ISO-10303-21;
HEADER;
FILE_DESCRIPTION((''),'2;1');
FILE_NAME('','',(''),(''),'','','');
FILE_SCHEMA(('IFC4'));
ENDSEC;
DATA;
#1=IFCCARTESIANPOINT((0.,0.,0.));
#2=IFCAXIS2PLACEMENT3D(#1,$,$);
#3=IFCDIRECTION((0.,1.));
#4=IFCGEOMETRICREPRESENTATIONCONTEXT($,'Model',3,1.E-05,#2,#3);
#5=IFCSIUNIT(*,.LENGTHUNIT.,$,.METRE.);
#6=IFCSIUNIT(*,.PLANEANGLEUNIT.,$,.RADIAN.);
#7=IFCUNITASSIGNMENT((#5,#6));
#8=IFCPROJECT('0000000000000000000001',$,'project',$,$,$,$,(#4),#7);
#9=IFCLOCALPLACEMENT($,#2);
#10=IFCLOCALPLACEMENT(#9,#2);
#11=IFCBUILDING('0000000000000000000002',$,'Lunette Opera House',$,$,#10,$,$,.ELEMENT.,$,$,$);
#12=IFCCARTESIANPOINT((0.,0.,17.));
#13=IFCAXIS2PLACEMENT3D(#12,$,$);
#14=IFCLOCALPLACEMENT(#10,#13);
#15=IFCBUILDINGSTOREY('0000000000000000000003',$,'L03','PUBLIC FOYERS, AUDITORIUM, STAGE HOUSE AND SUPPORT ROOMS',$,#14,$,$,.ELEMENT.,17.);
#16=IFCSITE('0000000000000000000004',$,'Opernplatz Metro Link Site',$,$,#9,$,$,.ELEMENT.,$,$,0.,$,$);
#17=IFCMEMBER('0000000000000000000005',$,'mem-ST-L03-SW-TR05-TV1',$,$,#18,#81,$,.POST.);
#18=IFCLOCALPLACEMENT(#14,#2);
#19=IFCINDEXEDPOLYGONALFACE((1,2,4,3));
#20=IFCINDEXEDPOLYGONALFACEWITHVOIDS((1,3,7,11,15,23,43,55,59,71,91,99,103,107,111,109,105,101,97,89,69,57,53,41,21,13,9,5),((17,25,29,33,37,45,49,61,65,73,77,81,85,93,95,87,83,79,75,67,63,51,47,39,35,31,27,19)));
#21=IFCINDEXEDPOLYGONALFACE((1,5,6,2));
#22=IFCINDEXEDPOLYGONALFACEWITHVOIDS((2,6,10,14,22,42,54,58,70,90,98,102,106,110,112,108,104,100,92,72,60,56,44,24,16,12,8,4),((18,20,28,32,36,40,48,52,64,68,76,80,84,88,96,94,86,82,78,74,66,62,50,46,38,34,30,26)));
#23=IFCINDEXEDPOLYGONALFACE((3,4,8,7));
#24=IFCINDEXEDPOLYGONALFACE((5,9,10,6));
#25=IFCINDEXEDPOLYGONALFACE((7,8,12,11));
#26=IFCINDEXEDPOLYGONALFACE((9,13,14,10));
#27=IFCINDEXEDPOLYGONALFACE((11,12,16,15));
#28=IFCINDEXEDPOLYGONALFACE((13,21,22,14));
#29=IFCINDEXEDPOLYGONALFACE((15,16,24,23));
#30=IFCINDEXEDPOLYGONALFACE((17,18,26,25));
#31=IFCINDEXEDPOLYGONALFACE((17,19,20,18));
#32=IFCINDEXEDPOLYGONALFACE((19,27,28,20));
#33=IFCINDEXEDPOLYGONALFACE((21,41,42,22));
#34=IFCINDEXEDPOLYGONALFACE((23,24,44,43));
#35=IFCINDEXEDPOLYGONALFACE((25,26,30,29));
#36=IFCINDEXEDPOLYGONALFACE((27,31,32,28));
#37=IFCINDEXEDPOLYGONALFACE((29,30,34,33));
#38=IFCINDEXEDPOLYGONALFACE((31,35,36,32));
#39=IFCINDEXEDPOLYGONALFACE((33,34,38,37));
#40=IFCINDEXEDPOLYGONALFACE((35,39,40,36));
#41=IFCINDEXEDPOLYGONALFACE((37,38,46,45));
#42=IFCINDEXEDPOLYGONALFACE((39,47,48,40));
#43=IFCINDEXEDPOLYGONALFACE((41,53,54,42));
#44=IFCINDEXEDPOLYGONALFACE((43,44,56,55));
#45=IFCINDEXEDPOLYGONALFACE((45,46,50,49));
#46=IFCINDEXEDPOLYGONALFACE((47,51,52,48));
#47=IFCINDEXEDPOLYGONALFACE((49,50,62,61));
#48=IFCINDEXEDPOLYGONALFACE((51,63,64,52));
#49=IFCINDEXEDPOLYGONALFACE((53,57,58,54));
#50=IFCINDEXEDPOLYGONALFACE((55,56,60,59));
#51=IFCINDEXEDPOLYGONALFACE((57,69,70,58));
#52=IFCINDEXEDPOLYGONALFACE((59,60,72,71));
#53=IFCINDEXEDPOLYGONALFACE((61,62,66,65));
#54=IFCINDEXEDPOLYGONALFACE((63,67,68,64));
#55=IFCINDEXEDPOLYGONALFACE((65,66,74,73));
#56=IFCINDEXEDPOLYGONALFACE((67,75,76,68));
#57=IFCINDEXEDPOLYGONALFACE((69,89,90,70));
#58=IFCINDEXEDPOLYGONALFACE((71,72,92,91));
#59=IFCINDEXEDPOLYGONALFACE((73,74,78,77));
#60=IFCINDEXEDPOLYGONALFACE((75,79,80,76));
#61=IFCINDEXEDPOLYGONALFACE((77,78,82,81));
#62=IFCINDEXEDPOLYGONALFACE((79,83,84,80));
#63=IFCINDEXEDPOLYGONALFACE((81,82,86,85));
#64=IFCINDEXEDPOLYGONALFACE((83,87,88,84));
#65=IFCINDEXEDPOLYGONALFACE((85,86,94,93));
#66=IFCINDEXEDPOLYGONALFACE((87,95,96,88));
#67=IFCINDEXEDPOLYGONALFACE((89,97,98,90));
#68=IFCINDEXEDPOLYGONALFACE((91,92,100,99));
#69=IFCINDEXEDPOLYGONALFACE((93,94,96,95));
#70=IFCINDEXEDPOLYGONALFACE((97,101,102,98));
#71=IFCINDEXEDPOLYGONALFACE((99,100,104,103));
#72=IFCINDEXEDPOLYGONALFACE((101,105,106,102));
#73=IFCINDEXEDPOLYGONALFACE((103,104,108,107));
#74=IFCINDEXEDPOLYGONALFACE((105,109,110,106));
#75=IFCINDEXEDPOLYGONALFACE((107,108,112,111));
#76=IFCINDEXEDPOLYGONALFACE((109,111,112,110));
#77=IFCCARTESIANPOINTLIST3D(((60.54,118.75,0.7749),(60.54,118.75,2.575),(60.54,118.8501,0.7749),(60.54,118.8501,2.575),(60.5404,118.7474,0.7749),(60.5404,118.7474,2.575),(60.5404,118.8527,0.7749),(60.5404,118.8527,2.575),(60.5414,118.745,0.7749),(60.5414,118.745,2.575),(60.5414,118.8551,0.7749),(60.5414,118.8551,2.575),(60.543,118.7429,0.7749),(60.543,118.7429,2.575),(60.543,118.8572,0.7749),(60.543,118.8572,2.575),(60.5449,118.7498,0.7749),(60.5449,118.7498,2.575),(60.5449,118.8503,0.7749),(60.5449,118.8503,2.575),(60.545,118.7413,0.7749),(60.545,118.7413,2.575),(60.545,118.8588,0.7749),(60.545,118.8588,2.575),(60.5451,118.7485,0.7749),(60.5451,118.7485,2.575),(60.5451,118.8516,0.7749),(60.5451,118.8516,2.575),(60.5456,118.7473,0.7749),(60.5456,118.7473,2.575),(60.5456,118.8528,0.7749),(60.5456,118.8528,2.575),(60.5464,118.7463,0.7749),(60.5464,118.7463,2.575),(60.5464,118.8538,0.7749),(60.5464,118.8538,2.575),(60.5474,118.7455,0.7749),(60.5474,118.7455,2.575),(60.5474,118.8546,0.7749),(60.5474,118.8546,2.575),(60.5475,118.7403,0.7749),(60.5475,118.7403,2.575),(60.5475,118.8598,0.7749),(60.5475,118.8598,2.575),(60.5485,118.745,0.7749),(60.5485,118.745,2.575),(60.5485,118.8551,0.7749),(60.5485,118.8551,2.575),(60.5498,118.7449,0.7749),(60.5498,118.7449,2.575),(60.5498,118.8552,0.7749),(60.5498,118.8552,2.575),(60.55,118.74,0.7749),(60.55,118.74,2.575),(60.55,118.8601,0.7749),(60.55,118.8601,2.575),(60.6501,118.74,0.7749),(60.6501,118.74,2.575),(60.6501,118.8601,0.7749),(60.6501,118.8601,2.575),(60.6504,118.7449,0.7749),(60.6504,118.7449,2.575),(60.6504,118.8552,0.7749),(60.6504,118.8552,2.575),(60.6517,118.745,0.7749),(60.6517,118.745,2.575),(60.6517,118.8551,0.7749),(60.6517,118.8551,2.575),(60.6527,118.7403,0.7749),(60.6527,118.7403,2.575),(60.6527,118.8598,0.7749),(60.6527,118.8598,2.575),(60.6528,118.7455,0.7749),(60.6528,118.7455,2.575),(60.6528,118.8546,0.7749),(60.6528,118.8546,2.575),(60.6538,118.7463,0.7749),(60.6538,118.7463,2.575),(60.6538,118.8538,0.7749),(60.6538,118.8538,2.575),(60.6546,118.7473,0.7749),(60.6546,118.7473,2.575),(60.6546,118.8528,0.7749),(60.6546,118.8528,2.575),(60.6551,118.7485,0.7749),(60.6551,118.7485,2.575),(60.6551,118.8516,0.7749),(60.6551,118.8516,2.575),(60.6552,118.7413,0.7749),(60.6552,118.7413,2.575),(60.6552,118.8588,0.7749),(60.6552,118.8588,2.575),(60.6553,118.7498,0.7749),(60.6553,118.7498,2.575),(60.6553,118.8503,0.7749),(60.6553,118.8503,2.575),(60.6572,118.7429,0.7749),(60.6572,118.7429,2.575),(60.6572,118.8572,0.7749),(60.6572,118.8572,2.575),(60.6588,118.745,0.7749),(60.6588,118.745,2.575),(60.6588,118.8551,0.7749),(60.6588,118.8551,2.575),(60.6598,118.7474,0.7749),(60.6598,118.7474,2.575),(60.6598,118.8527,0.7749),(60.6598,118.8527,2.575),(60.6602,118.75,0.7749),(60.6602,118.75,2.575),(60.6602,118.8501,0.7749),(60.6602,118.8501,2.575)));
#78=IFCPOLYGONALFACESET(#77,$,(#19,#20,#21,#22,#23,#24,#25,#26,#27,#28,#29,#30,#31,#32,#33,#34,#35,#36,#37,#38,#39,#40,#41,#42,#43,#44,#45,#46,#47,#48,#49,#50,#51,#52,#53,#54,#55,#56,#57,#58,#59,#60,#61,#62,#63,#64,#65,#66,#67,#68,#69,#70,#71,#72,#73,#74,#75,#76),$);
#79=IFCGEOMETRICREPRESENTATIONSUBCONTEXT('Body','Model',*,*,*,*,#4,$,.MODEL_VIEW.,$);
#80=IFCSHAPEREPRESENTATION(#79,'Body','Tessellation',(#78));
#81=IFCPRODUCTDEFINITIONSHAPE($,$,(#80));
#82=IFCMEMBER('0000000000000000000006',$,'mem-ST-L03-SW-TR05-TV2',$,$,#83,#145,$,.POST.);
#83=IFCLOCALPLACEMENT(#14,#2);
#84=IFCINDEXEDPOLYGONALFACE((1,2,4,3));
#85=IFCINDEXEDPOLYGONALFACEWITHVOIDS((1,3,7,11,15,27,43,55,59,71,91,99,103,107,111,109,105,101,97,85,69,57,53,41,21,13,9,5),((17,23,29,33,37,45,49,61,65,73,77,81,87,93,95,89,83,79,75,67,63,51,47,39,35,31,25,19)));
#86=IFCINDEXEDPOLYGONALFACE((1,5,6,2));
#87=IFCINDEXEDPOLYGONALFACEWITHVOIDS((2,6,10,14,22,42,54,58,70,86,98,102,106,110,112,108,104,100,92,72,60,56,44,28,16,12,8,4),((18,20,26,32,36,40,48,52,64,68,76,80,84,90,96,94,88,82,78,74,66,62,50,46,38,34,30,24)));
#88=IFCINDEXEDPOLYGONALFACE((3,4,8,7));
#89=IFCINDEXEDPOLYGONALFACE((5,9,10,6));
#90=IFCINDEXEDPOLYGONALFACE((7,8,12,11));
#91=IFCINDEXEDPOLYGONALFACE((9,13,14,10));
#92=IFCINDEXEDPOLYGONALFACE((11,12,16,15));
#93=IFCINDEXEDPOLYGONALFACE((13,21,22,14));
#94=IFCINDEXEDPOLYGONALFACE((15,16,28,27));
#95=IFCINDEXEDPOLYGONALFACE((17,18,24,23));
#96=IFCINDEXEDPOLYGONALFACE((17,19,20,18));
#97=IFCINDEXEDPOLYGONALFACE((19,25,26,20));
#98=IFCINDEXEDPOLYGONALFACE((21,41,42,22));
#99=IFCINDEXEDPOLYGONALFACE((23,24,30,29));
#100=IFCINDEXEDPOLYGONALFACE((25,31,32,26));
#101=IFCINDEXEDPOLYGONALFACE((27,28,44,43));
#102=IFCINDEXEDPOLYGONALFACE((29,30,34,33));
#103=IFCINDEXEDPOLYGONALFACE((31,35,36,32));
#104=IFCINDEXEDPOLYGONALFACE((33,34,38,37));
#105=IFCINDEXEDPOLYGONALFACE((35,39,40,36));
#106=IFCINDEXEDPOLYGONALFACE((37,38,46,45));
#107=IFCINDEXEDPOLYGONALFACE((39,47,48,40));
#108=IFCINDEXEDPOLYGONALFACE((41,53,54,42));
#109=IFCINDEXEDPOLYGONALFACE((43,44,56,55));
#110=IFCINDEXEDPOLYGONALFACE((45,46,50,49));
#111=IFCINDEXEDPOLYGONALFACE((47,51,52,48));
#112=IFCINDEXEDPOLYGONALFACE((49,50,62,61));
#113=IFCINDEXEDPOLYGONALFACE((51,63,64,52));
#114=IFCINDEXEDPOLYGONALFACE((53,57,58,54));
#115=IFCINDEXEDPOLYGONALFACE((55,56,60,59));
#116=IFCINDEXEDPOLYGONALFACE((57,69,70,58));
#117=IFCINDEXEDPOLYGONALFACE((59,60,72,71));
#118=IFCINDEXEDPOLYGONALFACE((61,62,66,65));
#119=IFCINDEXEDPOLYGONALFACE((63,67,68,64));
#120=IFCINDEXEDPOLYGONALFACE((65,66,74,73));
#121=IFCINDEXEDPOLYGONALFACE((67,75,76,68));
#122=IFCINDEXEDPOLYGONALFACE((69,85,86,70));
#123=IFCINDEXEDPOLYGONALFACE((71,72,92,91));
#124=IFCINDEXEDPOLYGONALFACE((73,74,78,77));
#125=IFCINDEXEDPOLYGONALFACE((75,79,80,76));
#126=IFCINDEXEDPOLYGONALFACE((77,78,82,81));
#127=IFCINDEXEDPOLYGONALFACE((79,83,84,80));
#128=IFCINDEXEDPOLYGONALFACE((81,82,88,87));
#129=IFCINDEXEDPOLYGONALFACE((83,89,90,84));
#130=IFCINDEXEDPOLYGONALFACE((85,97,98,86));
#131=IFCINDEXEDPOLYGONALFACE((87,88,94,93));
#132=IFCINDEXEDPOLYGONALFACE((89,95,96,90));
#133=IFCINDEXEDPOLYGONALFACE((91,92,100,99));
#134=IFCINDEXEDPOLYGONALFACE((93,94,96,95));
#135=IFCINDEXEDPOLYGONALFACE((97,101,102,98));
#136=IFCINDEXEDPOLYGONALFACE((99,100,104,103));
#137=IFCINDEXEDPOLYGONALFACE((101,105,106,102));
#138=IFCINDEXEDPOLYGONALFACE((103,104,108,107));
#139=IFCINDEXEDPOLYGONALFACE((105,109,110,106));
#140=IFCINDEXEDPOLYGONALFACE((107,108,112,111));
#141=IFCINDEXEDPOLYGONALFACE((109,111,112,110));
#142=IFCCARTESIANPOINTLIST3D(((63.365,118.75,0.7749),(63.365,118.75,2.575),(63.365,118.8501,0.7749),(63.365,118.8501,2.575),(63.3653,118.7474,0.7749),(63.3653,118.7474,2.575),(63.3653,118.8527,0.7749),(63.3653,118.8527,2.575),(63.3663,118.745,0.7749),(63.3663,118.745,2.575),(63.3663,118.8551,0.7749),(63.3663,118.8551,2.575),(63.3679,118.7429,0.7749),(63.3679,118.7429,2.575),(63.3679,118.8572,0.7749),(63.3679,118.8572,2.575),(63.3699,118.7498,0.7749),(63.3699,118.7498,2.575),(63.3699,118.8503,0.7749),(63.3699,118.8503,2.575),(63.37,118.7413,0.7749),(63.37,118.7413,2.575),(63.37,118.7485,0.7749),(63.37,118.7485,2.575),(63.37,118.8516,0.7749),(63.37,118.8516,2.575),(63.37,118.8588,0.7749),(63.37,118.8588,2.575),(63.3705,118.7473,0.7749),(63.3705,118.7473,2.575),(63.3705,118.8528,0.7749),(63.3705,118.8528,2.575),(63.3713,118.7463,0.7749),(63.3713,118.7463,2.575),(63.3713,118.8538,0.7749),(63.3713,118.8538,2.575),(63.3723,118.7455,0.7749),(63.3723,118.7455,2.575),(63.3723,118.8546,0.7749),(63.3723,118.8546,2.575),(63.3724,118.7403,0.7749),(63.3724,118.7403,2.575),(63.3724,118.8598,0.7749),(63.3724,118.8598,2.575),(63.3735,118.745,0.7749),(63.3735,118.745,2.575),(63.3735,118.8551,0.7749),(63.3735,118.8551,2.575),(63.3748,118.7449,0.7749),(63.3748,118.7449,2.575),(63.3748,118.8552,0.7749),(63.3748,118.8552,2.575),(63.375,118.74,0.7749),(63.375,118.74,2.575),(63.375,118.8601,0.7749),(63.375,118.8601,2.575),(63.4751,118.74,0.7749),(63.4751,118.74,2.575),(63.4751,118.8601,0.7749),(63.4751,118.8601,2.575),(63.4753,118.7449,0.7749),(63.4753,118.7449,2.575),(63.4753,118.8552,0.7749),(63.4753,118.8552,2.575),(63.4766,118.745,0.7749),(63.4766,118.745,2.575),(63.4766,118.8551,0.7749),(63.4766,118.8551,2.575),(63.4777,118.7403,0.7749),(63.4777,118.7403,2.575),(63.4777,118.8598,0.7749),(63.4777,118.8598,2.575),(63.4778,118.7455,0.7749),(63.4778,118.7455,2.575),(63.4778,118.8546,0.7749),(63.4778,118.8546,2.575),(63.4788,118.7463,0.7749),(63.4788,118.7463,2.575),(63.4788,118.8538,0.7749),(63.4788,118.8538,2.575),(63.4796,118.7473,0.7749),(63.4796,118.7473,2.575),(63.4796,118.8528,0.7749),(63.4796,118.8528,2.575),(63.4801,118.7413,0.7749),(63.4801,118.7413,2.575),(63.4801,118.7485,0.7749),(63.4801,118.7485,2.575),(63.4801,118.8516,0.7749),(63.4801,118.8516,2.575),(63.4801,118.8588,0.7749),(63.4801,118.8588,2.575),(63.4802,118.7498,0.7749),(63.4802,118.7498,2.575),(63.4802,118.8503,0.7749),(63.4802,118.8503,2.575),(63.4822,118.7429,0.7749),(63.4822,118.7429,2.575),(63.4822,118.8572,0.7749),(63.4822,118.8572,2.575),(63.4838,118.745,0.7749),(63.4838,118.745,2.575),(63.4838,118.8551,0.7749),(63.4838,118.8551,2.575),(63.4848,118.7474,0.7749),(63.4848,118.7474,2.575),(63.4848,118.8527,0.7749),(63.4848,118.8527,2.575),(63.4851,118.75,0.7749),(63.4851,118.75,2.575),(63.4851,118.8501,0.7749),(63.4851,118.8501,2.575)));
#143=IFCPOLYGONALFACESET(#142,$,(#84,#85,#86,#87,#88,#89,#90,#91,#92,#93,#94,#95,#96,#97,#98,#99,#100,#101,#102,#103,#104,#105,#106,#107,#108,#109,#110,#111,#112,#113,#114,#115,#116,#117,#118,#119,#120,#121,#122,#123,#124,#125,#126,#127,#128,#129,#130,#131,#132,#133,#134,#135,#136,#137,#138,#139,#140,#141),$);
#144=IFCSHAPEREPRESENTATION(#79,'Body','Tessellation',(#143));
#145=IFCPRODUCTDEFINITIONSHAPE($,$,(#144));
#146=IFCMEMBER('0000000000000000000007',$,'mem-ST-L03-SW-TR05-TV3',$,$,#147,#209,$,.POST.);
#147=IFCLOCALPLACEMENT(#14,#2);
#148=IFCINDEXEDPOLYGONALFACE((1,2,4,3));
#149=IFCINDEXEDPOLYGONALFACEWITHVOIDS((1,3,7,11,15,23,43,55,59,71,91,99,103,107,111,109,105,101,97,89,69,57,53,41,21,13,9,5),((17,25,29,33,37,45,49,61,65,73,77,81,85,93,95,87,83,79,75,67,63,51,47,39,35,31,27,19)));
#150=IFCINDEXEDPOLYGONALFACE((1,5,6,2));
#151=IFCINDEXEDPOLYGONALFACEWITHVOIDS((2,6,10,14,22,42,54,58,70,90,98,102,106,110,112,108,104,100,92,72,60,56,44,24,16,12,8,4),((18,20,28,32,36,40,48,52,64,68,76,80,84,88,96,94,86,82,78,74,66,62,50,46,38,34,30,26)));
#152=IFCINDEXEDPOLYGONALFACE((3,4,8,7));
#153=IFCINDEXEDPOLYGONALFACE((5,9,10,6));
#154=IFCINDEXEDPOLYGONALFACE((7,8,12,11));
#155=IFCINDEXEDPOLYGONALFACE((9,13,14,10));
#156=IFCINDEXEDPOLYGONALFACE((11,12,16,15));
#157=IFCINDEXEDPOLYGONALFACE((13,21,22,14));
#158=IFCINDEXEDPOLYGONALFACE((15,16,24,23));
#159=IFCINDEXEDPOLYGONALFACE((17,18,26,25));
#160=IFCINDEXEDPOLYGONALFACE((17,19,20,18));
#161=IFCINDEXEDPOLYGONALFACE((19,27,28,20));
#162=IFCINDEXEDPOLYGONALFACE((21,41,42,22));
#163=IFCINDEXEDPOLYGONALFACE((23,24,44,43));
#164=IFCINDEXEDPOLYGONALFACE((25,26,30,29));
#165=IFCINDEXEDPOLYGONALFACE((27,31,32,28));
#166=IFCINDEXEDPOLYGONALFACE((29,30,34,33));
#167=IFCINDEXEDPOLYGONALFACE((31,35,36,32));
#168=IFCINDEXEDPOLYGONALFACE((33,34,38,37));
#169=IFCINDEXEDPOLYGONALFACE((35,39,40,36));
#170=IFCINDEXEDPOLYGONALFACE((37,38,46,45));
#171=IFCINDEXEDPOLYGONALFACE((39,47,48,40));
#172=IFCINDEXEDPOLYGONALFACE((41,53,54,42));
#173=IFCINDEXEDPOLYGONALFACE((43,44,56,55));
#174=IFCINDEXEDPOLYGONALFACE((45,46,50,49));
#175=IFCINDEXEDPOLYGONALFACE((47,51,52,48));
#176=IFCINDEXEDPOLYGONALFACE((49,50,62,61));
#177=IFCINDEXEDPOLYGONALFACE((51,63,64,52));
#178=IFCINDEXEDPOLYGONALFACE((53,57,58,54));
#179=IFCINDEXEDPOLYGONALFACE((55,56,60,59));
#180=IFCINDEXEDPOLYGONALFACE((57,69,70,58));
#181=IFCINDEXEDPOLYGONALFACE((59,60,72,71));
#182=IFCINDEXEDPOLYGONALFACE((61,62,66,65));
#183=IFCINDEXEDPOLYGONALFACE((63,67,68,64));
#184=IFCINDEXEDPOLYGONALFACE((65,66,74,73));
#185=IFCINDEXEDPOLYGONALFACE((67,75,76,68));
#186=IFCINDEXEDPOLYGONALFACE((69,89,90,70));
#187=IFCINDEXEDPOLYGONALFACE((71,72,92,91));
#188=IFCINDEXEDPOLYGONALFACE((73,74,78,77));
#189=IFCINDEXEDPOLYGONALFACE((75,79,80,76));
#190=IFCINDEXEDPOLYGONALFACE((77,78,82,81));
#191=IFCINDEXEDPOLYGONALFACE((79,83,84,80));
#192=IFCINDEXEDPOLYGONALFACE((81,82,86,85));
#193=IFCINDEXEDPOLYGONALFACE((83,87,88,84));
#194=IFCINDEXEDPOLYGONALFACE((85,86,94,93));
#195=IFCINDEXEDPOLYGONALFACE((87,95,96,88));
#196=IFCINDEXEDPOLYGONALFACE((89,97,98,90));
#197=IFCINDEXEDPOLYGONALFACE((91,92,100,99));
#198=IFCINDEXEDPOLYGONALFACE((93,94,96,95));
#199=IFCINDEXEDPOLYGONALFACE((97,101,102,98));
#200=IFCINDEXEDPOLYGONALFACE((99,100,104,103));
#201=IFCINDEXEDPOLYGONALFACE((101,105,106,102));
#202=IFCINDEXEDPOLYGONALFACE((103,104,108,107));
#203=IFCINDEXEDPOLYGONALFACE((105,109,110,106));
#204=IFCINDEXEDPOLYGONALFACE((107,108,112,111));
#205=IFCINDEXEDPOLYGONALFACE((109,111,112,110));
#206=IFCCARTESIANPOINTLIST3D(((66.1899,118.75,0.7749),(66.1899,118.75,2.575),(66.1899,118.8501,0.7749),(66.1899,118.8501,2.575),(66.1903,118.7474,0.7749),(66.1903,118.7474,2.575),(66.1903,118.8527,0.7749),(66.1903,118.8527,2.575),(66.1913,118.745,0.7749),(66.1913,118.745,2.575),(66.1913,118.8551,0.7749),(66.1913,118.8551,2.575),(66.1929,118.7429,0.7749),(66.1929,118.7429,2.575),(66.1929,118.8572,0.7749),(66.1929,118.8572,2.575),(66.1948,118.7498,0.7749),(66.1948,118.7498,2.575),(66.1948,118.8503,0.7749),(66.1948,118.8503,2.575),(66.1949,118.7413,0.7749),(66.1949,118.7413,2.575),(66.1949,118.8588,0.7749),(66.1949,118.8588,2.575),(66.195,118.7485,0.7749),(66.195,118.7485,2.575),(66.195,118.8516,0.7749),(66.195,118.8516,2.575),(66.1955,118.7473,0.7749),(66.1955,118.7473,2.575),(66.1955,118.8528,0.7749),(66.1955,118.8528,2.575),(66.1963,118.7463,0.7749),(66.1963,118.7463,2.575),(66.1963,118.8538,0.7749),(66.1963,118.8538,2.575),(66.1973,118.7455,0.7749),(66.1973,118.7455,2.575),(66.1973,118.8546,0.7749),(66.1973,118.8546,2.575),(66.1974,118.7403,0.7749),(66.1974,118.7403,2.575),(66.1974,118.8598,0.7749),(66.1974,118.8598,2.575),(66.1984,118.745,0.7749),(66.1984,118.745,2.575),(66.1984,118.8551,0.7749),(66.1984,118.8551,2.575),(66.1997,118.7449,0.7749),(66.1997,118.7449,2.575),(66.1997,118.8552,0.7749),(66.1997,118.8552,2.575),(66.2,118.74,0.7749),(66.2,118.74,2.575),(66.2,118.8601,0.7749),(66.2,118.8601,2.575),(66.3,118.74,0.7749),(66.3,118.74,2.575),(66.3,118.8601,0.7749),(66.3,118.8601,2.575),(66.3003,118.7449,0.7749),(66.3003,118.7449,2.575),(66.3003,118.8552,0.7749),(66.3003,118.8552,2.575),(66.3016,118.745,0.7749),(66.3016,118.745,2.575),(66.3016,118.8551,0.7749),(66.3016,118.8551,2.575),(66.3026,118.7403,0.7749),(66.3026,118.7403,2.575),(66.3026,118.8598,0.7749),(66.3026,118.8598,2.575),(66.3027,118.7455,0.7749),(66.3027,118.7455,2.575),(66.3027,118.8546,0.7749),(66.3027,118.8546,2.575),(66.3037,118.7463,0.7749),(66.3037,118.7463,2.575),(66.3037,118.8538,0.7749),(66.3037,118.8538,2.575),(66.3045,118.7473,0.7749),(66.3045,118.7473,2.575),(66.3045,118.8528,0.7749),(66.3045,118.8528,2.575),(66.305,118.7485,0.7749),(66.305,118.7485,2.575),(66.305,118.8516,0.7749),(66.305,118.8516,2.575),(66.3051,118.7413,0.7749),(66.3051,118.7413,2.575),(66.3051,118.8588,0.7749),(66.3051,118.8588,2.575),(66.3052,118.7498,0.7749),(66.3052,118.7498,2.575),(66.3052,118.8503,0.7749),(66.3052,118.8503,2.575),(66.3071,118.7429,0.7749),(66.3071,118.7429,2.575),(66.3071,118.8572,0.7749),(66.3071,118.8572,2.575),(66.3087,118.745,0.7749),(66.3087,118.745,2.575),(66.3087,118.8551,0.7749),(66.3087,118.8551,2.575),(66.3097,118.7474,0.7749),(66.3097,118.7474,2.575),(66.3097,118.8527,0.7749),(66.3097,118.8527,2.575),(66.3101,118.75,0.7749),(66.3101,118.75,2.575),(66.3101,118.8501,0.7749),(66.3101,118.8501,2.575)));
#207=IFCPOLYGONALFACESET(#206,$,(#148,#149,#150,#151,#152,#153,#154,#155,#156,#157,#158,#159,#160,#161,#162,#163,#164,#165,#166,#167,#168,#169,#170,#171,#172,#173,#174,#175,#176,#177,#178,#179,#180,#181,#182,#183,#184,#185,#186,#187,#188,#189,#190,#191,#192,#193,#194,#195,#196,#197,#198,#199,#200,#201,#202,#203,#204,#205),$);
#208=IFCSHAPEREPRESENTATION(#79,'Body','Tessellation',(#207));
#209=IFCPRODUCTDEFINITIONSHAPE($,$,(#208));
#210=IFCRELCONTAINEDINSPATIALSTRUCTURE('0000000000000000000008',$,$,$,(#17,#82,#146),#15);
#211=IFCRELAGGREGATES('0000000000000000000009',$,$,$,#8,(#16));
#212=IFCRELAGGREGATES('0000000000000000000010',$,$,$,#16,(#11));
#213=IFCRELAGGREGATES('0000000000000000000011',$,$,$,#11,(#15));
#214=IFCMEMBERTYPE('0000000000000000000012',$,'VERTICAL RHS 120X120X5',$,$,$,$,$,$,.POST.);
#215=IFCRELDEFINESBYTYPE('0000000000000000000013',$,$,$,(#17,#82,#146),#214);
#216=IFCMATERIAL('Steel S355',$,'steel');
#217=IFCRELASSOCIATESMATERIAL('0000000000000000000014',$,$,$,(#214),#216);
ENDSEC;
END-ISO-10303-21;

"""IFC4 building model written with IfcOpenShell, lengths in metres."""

from ifc_helpers import new_model, si_unit, direction, frame, origin, origin_2d, place, context, subcontext, project, spatial, hollow_rectangle, extrude, material, material_profile, profile_set, type_object, element, save


model = new_model("IFC4")

# Units and contexts
model_context = context("Model", 3, precision=1e-05, world=origin(), true_north=direction((0.0, 1.0)))
body_context = subcontext(model_context, "Body", "Model", "MODEL_VIEW")
ifc_project = project(units=[si_unit("LENGTHUNIT", "METRE"), si_unit("PLANEANGLEUNIT", "RADIAN")], contexts=[model_context])

# Site, building, storey
site_placement = place(None, origin())
site = spatial("IfcSite", under=ifc_project, at=site_placement, Name="Opernplatz Metro Link Site", CompositionType="ELEMENT", RefElevation=0.0)
building_placement = place(site_placement, origin())
building = spatial("IfcBuilding", under=site, at=building_placement, Name="Lunette Opera House", CompositionType="ELEMENT")
storey_placement = place(building_placement, frame((0.0, 0.0, 17.0)))
storey = spatial("IfcBuildingStorey", under=building, at=storey_placement, Name="L03", Description="PUBLIC FOYERS, AUDITORIUM, STAGE HOUSE AND SUPPORT ROOMS", CompositionType="ELEMENT", Elevation=17.0)

# Members
ifc_material_1 = material(Name="Steel S355", Category="steel")
ifc_material_profile_1 = material_profile(ifc_material_1, hollow_rectangle(XDim=0.1201, YDim=0.1201, WallThickness=0.0049, InnerFilletRadius=0.0049, OuterFilletRadius=0.01, at=origin_2d()), Name="RHS 120X120X5")
ifc_profile_set_1 = profile_set([ifc_material_profile_1], Name="Steel S355")
member_type_1 = type_object("IfcMemberType", Name="VERTICAL RHS 120X120X5", PredefinedType="POST", material=ifc_profile_set_1)
for number, where, z_axis, x_axis, name in (
    (1, (60.6001, 118.8, 0.7749), (0.0, 0.0, 1.0), (1.0, 0.0, 0.0), "mem-ST-L03-SW-TR05-TV1"),
    (2, (63.425, 118.8, 0.7749), (0.0, 0.0, 1.0), (1.0, 0.0, 0.0), "mem-ST-L03-SW-TR05-TV2"),
    (3, (66.25, 118.8, 0.7749), (0.0, 0.0, 1.0), (1.0, 0.0, 0.0), "mem-ST-L03-SW-TR05-TV3"),
):
    element("IfcMember", number, at=place(storey_placement, frame(where, z_axis=z_axis, x_axis=x_axis)), inside=storey, type_object=member_type_1, Name=name, PredefinedType="POST", context=body_context, shape_type="SweptSolid", body=[
        extrude(hollow_rectangle(XDim=0.1201, YDim=0.1201, WallThickness=0.0049, InnerFilletRadius=0.0049, OuterFilletRadius=0.01, at=origin_2d()), origin(), (0.0, 0.0, 1.0), 1.8),
    ])

save(model, "model.ifc")
